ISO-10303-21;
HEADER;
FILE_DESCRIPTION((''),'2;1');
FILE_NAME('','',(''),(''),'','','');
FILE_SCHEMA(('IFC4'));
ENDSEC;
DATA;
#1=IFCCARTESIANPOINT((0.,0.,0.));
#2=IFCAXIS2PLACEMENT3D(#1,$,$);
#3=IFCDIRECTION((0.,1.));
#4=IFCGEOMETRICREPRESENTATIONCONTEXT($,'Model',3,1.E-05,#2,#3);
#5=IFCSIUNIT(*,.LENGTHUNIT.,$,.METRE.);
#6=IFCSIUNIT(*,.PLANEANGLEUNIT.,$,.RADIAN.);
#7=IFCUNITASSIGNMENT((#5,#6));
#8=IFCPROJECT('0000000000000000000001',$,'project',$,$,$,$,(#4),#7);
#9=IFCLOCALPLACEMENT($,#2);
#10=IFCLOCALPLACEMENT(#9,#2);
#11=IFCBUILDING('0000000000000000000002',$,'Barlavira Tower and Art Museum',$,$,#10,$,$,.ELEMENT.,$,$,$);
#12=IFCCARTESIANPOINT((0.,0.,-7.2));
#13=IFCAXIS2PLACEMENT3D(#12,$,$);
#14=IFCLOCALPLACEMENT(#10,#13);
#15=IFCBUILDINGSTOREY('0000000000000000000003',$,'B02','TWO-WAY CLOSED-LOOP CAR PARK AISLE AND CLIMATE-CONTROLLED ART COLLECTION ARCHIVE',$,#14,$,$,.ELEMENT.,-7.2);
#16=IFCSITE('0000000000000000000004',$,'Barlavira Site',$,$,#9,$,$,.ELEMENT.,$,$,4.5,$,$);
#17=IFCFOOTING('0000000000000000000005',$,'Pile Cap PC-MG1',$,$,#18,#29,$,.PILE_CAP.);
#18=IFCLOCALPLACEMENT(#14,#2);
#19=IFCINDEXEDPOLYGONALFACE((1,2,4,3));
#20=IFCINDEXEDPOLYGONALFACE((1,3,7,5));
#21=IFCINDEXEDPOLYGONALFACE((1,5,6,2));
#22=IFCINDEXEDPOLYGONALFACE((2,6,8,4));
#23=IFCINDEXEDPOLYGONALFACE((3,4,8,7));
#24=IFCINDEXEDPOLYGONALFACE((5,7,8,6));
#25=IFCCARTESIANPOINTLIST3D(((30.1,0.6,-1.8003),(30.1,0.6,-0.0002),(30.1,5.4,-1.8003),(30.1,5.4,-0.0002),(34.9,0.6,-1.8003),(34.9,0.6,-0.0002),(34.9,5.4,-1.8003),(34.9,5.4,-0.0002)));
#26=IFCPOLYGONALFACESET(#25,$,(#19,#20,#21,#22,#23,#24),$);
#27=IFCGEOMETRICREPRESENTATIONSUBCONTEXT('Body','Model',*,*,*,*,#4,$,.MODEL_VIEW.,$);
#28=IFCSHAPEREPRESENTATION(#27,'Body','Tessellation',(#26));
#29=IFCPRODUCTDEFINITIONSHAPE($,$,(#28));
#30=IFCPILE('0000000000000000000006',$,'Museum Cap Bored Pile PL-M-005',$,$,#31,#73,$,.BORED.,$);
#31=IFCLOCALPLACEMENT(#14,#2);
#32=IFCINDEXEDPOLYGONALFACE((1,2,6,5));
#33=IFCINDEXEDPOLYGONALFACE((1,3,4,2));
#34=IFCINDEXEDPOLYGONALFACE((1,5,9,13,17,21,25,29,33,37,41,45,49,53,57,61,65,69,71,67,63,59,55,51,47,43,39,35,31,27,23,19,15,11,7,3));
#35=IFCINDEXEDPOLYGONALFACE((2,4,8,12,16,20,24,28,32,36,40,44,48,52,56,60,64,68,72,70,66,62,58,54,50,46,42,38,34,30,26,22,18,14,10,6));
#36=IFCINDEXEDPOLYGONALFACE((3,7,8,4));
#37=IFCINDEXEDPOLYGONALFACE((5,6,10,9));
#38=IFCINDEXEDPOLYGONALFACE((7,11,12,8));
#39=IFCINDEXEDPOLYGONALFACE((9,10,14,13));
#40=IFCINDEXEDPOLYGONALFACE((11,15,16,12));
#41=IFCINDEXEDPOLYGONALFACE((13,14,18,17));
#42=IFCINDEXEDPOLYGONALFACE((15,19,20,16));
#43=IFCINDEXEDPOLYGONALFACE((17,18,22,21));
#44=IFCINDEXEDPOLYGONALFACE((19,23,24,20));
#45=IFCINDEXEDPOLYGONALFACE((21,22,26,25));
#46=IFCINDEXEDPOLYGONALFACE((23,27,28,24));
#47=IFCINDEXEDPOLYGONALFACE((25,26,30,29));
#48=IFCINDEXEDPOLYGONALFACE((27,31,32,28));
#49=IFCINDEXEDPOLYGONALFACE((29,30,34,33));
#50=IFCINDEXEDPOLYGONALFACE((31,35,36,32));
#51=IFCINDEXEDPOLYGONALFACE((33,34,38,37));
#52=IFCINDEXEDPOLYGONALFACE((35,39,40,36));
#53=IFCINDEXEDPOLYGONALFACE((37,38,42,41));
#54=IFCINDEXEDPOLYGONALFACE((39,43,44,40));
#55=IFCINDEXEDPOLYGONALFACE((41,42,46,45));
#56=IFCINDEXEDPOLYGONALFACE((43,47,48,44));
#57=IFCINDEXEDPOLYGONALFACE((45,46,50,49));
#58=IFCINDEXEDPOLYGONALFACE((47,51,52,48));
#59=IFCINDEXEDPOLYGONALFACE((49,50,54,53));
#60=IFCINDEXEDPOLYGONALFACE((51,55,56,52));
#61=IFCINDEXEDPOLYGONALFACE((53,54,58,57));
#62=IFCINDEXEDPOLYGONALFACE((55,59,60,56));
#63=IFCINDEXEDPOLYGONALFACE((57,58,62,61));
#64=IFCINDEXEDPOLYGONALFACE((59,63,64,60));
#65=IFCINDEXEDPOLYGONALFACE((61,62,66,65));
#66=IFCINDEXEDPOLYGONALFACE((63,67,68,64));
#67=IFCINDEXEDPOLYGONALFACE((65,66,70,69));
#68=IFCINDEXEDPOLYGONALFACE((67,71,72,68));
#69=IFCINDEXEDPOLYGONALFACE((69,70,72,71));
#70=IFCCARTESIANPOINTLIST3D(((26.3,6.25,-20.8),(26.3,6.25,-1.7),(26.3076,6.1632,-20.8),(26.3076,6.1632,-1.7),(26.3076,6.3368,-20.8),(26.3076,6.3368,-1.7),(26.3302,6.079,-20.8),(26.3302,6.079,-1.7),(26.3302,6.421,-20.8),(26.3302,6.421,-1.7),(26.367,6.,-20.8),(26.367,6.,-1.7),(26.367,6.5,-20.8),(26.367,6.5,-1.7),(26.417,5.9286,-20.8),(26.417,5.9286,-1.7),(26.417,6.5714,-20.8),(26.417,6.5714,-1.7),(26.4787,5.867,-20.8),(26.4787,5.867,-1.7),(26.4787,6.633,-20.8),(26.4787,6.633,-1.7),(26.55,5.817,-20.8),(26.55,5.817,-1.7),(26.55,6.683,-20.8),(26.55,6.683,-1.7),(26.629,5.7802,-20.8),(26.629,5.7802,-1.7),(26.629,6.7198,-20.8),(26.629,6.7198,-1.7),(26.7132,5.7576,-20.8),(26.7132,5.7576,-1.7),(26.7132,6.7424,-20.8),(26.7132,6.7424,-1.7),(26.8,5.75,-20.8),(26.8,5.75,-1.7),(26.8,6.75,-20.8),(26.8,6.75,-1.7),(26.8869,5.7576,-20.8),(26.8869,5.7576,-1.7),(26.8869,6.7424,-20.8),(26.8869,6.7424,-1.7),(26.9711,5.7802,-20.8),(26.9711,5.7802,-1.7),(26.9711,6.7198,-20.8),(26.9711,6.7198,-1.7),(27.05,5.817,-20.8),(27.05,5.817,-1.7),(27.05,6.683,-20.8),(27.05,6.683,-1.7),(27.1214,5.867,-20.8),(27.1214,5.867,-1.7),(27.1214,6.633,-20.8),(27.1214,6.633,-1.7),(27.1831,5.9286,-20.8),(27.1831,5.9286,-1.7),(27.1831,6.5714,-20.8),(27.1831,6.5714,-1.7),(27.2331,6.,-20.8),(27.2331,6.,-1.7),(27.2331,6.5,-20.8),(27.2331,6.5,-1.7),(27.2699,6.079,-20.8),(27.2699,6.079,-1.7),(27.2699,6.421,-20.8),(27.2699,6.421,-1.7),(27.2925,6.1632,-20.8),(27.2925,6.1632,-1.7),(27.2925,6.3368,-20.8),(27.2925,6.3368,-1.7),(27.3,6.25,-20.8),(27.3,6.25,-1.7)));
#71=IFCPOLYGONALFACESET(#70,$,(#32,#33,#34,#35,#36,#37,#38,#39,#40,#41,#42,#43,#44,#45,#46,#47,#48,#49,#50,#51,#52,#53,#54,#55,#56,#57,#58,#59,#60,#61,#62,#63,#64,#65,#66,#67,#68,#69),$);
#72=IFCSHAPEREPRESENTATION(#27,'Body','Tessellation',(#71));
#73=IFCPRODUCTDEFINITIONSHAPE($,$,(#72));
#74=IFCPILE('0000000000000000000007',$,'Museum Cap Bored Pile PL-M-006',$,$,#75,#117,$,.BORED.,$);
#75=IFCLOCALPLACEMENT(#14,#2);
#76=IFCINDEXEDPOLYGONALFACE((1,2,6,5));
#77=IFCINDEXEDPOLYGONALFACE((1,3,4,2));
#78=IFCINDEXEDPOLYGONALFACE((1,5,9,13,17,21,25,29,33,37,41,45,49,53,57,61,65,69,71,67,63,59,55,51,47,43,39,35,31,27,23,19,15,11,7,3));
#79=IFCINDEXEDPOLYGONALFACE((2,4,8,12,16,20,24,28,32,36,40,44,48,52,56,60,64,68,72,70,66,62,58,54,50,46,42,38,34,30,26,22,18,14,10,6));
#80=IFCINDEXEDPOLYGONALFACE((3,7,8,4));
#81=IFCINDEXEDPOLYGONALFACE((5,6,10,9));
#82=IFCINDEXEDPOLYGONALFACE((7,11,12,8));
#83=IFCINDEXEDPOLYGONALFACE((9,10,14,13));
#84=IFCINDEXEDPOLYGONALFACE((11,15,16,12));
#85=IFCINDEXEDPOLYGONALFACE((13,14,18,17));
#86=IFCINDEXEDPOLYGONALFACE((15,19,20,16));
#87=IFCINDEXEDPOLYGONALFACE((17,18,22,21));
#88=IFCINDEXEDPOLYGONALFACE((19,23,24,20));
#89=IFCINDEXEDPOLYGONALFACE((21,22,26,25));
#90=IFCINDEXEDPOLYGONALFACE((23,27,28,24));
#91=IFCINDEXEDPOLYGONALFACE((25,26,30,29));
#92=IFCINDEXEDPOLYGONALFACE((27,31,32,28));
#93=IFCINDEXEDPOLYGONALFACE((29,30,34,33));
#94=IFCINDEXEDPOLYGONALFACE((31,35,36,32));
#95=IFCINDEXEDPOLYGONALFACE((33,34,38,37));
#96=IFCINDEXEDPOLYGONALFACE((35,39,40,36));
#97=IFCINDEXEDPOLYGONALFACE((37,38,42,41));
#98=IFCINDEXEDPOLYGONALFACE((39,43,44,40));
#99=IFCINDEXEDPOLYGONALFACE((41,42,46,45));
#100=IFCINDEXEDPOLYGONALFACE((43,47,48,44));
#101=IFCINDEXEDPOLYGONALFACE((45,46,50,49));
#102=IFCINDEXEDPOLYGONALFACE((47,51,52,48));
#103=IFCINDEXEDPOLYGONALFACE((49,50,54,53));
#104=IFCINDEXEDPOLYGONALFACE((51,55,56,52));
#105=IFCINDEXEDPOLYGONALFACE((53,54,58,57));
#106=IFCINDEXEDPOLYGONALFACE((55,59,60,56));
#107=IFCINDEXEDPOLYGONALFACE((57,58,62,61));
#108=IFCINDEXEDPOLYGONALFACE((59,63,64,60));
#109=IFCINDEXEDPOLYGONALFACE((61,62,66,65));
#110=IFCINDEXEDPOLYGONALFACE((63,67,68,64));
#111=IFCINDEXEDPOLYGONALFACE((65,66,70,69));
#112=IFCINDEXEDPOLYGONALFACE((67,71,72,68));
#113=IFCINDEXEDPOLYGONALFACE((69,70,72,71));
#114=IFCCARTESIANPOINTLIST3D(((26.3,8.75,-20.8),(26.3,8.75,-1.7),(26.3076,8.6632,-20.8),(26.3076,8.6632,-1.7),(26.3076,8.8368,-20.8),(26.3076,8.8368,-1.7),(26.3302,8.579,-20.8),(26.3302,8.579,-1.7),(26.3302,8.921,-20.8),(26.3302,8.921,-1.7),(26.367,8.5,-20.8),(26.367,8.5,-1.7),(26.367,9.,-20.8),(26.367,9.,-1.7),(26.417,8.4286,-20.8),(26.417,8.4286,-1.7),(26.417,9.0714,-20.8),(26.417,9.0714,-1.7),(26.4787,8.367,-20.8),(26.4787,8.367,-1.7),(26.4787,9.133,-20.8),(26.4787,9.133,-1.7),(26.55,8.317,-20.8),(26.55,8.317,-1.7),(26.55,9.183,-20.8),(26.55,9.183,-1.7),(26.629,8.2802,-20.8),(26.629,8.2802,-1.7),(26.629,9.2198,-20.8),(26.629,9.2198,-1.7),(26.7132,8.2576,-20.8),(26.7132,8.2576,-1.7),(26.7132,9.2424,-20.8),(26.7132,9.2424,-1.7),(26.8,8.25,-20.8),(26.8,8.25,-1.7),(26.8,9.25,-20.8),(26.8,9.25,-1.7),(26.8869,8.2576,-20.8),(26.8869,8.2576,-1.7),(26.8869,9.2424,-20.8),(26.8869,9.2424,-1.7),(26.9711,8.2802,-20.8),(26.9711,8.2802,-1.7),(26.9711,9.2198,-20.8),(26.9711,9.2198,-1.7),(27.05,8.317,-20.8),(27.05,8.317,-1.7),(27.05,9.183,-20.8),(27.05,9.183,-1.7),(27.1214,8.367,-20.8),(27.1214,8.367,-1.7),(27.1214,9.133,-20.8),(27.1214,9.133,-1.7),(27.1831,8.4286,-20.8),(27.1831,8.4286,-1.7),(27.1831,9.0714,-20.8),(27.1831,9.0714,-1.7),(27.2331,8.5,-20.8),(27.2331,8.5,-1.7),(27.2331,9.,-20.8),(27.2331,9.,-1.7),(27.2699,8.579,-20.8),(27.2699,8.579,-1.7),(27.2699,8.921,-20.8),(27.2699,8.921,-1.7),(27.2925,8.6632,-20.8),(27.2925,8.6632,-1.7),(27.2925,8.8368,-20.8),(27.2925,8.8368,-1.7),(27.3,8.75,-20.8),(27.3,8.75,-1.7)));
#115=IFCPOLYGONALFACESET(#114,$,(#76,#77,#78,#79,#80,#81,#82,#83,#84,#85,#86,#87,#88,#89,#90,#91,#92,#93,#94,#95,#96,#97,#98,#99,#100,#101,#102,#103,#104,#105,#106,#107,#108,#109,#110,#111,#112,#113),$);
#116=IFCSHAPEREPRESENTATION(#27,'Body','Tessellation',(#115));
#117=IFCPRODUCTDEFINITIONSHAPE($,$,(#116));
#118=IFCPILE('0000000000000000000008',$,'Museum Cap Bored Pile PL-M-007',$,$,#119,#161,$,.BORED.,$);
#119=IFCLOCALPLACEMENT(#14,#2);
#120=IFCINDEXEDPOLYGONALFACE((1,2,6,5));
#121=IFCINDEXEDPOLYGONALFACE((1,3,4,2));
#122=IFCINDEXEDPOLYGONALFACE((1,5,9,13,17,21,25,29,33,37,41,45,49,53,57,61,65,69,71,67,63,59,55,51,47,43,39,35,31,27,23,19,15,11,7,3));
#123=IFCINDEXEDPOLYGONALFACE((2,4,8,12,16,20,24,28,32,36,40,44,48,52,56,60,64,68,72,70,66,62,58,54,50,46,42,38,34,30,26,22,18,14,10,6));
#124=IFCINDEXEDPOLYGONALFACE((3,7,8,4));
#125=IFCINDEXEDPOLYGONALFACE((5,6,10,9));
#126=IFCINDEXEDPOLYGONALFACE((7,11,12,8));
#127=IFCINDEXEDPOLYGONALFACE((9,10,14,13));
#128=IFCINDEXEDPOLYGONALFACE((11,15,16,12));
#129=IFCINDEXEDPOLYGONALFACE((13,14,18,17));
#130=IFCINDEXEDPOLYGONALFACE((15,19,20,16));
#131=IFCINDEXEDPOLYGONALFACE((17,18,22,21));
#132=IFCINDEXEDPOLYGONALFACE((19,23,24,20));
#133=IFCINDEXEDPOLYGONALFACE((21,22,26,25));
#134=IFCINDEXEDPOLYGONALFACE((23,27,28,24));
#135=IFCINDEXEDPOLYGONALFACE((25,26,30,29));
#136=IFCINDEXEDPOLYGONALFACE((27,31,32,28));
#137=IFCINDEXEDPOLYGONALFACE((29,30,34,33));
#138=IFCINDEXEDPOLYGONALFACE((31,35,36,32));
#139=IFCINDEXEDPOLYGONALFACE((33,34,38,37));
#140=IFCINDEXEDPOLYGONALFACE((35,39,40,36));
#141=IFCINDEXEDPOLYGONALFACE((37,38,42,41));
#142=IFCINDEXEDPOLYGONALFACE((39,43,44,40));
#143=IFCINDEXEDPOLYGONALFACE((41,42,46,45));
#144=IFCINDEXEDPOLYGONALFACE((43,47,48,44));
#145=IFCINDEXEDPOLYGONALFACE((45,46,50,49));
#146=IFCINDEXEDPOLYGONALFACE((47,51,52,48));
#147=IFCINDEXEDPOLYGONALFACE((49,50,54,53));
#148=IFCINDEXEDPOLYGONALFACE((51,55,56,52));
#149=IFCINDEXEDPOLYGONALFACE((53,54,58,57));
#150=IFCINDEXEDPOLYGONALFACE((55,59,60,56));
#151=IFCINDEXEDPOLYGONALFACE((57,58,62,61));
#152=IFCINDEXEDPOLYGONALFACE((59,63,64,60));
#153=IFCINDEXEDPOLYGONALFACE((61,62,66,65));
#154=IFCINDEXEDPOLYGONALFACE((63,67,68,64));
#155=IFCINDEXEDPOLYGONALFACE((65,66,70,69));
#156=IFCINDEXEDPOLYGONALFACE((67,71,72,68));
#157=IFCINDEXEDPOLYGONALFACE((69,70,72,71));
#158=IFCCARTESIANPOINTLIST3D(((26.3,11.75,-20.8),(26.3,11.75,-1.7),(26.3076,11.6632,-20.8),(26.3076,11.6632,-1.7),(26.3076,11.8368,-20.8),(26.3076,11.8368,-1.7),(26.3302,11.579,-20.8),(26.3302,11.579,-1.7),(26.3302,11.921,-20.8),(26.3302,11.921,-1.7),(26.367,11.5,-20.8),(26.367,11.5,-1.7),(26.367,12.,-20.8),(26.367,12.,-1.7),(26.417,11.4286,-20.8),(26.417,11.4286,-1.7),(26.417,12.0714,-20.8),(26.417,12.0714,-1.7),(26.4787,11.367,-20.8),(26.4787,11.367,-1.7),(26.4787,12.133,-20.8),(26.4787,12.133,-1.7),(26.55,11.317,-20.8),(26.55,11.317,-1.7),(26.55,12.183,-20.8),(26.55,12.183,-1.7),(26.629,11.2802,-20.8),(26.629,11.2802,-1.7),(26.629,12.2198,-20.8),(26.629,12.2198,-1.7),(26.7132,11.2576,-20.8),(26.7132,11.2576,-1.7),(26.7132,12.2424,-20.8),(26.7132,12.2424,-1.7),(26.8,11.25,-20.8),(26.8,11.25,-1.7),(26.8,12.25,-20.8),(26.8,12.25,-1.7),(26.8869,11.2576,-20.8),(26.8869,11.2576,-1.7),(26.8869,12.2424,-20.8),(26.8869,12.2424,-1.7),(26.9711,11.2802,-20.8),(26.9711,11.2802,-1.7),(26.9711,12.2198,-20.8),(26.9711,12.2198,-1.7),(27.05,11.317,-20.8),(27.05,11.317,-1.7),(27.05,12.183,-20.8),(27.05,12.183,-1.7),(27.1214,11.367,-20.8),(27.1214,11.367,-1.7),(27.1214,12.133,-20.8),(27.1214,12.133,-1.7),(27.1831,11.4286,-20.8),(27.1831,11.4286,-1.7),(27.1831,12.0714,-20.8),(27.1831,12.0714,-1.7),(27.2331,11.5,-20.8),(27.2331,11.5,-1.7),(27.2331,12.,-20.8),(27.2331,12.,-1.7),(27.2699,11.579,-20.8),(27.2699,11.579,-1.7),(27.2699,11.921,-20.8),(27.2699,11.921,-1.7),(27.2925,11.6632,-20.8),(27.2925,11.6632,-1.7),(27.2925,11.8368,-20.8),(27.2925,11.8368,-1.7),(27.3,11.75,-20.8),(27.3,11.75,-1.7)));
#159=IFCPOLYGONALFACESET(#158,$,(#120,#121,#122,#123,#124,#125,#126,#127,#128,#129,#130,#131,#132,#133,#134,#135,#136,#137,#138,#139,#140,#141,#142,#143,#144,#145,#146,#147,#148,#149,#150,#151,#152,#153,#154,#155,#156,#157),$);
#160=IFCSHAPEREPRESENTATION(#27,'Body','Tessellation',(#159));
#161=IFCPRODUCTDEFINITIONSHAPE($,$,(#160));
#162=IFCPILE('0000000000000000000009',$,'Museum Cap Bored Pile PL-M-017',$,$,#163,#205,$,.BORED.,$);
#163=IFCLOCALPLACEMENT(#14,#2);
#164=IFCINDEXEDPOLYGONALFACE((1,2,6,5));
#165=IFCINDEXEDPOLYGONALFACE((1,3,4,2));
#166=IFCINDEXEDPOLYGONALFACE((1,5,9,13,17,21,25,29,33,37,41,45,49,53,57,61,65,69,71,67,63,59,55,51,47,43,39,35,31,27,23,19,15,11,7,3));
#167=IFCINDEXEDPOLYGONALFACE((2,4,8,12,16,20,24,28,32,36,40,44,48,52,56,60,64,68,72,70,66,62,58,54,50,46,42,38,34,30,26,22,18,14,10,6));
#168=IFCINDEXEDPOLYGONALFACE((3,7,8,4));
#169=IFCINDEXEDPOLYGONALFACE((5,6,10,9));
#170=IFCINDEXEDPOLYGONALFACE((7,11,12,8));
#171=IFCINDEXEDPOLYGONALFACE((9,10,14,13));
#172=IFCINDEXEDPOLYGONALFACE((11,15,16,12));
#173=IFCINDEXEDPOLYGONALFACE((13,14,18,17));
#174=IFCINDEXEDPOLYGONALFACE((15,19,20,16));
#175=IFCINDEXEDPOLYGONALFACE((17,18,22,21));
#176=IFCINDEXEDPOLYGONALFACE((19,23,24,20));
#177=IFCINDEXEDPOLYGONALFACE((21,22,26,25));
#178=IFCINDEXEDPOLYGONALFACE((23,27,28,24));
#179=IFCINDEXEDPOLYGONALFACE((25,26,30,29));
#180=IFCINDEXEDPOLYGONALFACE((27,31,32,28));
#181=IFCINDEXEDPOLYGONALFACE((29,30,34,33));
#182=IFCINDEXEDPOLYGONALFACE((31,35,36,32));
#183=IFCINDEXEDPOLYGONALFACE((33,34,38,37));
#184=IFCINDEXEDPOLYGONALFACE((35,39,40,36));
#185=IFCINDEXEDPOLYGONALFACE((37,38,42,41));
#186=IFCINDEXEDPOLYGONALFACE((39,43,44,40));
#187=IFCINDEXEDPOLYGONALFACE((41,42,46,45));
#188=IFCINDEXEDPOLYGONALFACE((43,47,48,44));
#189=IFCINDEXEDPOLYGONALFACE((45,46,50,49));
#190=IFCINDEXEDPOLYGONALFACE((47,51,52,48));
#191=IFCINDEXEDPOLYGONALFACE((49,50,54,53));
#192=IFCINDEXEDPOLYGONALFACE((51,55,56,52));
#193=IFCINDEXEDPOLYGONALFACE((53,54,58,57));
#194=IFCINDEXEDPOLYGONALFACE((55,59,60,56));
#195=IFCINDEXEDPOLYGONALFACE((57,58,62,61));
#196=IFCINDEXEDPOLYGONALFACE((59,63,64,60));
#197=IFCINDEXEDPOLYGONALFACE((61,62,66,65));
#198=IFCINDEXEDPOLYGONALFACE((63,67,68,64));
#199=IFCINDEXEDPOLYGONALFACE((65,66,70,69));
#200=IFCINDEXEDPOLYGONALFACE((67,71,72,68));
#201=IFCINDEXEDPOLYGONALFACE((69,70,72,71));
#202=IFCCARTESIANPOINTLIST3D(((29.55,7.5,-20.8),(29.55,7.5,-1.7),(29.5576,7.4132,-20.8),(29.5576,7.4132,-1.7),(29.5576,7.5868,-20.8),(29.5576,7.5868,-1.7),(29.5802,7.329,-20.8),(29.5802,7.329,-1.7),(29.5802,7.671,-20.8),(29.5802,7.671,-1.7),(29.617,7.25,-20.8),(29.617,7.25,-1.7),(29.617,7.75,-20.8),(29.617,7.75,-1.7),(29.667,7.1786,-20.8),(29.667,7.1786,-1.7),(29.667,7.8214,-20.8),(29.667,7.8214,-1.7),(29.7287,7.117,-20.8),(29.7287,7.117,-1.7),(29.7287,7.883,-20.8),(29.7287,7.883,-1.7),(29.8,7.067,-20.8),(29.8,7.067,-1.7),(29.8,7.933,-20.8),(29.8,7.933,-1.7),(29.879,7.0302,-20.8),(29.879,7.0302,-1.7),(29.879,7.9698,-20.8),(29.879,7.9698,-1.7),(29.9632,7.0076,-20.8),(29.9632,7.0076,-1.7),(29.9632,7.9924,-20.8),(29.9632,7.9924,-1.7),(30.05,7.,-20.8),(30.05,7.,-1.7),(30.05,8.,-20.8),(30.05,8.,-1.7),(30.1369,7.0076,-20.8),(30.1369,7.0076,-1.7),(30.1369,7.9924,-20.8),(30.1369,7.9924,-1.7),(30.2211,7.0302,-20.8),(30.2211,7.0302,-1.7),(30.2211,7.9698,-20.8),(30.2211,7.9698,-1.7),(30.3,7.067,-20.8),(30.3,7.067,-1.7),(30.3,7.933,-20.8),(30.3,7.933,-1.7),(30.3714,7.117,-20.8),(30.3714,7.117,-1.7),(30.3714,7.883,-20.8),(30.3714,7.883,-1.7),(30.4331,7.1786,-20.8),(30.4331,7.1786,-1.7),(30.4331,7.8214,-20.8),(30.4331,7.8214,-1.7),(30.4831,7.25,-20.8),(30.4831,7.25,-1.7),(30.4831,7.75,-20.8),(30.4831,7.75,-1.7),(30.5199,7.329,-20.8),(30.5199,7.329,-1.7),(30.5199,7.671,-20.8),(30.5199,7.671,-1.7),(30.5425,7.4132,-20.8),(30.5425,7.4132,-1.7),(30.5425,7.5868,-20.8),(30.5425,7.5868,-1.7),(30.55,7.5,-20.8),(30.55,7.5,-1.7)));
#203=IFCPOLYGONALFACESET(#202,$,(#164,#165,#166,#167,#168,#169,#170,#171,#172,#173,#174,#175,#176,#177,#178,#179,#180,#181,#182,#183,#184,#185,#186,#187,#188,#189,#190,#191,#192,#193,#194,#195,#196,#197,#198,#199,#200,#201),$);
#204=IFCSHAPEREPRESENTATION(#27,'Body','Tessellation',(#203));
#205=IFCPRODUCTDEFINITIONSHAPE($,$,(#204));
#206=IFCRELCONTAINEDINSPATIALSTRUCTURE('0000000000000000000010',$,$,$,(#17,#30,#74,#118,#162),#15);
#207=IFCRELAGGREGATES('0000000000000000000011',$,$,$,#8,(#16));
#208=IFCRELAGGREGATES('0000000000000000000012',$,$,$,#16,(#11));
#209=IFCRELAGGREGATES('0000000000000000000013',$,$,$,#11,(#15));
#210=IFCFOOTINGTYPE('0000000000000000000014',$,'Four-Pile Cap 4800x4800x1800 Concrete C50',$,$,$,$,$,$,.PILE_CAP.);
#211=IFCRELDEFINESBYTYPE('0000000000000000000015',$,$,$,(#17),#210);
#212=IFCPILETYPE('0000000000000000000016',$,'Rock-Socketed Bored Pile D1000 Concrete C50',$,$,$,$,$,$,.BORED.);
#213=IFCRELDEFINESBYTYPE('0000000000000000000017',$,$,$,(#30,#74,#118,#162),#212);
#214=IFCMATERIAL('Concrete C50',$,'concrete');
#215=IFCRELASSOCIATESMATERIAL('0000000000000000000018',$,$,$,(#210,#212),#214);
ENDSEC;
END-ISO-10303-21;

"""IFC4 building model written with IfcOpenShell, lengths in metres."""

from ifc_helpers import new_model, si_unit, direction, frame, origin, origin_2d, place, context, subcontext, project, spatial, rectangle, circle, extrude, material, material_profile, profile_set, type_object, element, save


model = new_model("IFC4")

# Units and contexts
model_context = context("Model", 3, precision=1e-05, world=origin(), true_north=direction((0.0, 1.0)))
body_context = subcontext(model_context, "Body", "Model", "MODEL_VIEW")
ifc_project = project(units=[si_unit("LENGTHUNIT", "METRE"), si_unit("PLANEANGLEUNIT", "RADIAN")], contexts=[model_context])

# Site, building, storey
site_placement = place(None, origin())
site = spatial("IfcSite", under=ifc_project, at=site_placement, Name="Barlavira Site", CompositionType="ELEMENT", RefElevation=4.5)
building_placement = place(site_placement, origin())
building = spatial("IfcBuilding", under=site, at=building_placement, Name="Barlavira Tower and Art Museum", CompositionType="ELEMENT")
storey_placement = place(building_placement, frame((0.0, 0.0, -7.2)))
storey = spatial("IfcBuildingStorey", under=building, at=storey_placement, Name="B02", Description="TWO-WAY CLOSED-LOOP CAR PARK AISLE AND CLIMATE-CONTROLLED ART COLLECTION ARCHIVE", CompositionType="ELEMENT", Elevation=-7.2)

# Footing
ifc_material_1 = material(Name="Concrete C50", Category="concrete")
footing_type_1 = type_object("IfcFootingType", Name="Four-Pile Cap 4800x4800x1800 Concrete C50", PredefinedType="PILE_CAP", material=ifc_material_1)
footing_1_placement = place(storey_placement, frame((32.5, 3.0, -1.8003), z_axis=(0.0, 0.0, 1.0), x_axis=(1.0, 0.0, 0.0)))
element("IfcFooting", 1, at=footing_1_placement, inside=storey, type_object=footing_type_1, Name="Pile Cap PC-MG1", PredefinedType="PILE_CAP", context=body_context, shape_type="SweptSolid", body=[
    extrude(rectangle(XDim=4.8, YDim=4.8, at=origin_2d()), origin(), (0.0, 0.0, 1.0), 1.8),
])

# Piles
ifc_material_profile_1 = material_profile(ifc_material_1, circle(Radius=0.5, at=origin_2d()), Name="BORED PILE D1000")
ifc_profile_set_1 = profile_set([ifc_material_profile_1], Name="Concrete C50")
pile_type = type_object("IfcPileType", Name="Rock-Socketed Bored Pile D1000 Concrete C50", PredefinedType="BORED", material=ifc_profile_set_1)
for number, where, z_axis, x_axis, name in (
    (2, (26.8, 6.25, -1.7), (0.0, 0.0, -1.0), (1.0, 0.0, 0.0), "Museum Cap Bored Pile PL-M-005"),
    (3, (26.8, 8.75, -1.7), (0.0, 0.0, -1.0), (1.0, 0.0, 0.0), "Museum Cap Bored Pile PL-M-006"),
    (4, (26.8, 11.75, -1.7), (0.0, 0.0, -1.0), (1.0, 0.0, 0.0), "Museum Cap Bored Pile PL-M-007"),
    (5, (30.05, 7.5, -1.7), (0.0, 0.0, -1.0), (1.0, 0.0, 0.0), "Museum Cap Bored Pile PL-M-017"),
):
    element("IfcPile", number, at=place(storey_placement, frame(where, z_axis=z_axis, x_axis=x_axis)), inside=storey, type_object=pile_type, Name=name, PredefinedType="BORED", context=body_context, shape_type="SweptSolid", body=[
        extrude(circle(Radius=0.5, at=origin_2d()), origin(), (0.0, 0.0, 1.0), 19.1001),
    ])

save(model, "model.ifc")
